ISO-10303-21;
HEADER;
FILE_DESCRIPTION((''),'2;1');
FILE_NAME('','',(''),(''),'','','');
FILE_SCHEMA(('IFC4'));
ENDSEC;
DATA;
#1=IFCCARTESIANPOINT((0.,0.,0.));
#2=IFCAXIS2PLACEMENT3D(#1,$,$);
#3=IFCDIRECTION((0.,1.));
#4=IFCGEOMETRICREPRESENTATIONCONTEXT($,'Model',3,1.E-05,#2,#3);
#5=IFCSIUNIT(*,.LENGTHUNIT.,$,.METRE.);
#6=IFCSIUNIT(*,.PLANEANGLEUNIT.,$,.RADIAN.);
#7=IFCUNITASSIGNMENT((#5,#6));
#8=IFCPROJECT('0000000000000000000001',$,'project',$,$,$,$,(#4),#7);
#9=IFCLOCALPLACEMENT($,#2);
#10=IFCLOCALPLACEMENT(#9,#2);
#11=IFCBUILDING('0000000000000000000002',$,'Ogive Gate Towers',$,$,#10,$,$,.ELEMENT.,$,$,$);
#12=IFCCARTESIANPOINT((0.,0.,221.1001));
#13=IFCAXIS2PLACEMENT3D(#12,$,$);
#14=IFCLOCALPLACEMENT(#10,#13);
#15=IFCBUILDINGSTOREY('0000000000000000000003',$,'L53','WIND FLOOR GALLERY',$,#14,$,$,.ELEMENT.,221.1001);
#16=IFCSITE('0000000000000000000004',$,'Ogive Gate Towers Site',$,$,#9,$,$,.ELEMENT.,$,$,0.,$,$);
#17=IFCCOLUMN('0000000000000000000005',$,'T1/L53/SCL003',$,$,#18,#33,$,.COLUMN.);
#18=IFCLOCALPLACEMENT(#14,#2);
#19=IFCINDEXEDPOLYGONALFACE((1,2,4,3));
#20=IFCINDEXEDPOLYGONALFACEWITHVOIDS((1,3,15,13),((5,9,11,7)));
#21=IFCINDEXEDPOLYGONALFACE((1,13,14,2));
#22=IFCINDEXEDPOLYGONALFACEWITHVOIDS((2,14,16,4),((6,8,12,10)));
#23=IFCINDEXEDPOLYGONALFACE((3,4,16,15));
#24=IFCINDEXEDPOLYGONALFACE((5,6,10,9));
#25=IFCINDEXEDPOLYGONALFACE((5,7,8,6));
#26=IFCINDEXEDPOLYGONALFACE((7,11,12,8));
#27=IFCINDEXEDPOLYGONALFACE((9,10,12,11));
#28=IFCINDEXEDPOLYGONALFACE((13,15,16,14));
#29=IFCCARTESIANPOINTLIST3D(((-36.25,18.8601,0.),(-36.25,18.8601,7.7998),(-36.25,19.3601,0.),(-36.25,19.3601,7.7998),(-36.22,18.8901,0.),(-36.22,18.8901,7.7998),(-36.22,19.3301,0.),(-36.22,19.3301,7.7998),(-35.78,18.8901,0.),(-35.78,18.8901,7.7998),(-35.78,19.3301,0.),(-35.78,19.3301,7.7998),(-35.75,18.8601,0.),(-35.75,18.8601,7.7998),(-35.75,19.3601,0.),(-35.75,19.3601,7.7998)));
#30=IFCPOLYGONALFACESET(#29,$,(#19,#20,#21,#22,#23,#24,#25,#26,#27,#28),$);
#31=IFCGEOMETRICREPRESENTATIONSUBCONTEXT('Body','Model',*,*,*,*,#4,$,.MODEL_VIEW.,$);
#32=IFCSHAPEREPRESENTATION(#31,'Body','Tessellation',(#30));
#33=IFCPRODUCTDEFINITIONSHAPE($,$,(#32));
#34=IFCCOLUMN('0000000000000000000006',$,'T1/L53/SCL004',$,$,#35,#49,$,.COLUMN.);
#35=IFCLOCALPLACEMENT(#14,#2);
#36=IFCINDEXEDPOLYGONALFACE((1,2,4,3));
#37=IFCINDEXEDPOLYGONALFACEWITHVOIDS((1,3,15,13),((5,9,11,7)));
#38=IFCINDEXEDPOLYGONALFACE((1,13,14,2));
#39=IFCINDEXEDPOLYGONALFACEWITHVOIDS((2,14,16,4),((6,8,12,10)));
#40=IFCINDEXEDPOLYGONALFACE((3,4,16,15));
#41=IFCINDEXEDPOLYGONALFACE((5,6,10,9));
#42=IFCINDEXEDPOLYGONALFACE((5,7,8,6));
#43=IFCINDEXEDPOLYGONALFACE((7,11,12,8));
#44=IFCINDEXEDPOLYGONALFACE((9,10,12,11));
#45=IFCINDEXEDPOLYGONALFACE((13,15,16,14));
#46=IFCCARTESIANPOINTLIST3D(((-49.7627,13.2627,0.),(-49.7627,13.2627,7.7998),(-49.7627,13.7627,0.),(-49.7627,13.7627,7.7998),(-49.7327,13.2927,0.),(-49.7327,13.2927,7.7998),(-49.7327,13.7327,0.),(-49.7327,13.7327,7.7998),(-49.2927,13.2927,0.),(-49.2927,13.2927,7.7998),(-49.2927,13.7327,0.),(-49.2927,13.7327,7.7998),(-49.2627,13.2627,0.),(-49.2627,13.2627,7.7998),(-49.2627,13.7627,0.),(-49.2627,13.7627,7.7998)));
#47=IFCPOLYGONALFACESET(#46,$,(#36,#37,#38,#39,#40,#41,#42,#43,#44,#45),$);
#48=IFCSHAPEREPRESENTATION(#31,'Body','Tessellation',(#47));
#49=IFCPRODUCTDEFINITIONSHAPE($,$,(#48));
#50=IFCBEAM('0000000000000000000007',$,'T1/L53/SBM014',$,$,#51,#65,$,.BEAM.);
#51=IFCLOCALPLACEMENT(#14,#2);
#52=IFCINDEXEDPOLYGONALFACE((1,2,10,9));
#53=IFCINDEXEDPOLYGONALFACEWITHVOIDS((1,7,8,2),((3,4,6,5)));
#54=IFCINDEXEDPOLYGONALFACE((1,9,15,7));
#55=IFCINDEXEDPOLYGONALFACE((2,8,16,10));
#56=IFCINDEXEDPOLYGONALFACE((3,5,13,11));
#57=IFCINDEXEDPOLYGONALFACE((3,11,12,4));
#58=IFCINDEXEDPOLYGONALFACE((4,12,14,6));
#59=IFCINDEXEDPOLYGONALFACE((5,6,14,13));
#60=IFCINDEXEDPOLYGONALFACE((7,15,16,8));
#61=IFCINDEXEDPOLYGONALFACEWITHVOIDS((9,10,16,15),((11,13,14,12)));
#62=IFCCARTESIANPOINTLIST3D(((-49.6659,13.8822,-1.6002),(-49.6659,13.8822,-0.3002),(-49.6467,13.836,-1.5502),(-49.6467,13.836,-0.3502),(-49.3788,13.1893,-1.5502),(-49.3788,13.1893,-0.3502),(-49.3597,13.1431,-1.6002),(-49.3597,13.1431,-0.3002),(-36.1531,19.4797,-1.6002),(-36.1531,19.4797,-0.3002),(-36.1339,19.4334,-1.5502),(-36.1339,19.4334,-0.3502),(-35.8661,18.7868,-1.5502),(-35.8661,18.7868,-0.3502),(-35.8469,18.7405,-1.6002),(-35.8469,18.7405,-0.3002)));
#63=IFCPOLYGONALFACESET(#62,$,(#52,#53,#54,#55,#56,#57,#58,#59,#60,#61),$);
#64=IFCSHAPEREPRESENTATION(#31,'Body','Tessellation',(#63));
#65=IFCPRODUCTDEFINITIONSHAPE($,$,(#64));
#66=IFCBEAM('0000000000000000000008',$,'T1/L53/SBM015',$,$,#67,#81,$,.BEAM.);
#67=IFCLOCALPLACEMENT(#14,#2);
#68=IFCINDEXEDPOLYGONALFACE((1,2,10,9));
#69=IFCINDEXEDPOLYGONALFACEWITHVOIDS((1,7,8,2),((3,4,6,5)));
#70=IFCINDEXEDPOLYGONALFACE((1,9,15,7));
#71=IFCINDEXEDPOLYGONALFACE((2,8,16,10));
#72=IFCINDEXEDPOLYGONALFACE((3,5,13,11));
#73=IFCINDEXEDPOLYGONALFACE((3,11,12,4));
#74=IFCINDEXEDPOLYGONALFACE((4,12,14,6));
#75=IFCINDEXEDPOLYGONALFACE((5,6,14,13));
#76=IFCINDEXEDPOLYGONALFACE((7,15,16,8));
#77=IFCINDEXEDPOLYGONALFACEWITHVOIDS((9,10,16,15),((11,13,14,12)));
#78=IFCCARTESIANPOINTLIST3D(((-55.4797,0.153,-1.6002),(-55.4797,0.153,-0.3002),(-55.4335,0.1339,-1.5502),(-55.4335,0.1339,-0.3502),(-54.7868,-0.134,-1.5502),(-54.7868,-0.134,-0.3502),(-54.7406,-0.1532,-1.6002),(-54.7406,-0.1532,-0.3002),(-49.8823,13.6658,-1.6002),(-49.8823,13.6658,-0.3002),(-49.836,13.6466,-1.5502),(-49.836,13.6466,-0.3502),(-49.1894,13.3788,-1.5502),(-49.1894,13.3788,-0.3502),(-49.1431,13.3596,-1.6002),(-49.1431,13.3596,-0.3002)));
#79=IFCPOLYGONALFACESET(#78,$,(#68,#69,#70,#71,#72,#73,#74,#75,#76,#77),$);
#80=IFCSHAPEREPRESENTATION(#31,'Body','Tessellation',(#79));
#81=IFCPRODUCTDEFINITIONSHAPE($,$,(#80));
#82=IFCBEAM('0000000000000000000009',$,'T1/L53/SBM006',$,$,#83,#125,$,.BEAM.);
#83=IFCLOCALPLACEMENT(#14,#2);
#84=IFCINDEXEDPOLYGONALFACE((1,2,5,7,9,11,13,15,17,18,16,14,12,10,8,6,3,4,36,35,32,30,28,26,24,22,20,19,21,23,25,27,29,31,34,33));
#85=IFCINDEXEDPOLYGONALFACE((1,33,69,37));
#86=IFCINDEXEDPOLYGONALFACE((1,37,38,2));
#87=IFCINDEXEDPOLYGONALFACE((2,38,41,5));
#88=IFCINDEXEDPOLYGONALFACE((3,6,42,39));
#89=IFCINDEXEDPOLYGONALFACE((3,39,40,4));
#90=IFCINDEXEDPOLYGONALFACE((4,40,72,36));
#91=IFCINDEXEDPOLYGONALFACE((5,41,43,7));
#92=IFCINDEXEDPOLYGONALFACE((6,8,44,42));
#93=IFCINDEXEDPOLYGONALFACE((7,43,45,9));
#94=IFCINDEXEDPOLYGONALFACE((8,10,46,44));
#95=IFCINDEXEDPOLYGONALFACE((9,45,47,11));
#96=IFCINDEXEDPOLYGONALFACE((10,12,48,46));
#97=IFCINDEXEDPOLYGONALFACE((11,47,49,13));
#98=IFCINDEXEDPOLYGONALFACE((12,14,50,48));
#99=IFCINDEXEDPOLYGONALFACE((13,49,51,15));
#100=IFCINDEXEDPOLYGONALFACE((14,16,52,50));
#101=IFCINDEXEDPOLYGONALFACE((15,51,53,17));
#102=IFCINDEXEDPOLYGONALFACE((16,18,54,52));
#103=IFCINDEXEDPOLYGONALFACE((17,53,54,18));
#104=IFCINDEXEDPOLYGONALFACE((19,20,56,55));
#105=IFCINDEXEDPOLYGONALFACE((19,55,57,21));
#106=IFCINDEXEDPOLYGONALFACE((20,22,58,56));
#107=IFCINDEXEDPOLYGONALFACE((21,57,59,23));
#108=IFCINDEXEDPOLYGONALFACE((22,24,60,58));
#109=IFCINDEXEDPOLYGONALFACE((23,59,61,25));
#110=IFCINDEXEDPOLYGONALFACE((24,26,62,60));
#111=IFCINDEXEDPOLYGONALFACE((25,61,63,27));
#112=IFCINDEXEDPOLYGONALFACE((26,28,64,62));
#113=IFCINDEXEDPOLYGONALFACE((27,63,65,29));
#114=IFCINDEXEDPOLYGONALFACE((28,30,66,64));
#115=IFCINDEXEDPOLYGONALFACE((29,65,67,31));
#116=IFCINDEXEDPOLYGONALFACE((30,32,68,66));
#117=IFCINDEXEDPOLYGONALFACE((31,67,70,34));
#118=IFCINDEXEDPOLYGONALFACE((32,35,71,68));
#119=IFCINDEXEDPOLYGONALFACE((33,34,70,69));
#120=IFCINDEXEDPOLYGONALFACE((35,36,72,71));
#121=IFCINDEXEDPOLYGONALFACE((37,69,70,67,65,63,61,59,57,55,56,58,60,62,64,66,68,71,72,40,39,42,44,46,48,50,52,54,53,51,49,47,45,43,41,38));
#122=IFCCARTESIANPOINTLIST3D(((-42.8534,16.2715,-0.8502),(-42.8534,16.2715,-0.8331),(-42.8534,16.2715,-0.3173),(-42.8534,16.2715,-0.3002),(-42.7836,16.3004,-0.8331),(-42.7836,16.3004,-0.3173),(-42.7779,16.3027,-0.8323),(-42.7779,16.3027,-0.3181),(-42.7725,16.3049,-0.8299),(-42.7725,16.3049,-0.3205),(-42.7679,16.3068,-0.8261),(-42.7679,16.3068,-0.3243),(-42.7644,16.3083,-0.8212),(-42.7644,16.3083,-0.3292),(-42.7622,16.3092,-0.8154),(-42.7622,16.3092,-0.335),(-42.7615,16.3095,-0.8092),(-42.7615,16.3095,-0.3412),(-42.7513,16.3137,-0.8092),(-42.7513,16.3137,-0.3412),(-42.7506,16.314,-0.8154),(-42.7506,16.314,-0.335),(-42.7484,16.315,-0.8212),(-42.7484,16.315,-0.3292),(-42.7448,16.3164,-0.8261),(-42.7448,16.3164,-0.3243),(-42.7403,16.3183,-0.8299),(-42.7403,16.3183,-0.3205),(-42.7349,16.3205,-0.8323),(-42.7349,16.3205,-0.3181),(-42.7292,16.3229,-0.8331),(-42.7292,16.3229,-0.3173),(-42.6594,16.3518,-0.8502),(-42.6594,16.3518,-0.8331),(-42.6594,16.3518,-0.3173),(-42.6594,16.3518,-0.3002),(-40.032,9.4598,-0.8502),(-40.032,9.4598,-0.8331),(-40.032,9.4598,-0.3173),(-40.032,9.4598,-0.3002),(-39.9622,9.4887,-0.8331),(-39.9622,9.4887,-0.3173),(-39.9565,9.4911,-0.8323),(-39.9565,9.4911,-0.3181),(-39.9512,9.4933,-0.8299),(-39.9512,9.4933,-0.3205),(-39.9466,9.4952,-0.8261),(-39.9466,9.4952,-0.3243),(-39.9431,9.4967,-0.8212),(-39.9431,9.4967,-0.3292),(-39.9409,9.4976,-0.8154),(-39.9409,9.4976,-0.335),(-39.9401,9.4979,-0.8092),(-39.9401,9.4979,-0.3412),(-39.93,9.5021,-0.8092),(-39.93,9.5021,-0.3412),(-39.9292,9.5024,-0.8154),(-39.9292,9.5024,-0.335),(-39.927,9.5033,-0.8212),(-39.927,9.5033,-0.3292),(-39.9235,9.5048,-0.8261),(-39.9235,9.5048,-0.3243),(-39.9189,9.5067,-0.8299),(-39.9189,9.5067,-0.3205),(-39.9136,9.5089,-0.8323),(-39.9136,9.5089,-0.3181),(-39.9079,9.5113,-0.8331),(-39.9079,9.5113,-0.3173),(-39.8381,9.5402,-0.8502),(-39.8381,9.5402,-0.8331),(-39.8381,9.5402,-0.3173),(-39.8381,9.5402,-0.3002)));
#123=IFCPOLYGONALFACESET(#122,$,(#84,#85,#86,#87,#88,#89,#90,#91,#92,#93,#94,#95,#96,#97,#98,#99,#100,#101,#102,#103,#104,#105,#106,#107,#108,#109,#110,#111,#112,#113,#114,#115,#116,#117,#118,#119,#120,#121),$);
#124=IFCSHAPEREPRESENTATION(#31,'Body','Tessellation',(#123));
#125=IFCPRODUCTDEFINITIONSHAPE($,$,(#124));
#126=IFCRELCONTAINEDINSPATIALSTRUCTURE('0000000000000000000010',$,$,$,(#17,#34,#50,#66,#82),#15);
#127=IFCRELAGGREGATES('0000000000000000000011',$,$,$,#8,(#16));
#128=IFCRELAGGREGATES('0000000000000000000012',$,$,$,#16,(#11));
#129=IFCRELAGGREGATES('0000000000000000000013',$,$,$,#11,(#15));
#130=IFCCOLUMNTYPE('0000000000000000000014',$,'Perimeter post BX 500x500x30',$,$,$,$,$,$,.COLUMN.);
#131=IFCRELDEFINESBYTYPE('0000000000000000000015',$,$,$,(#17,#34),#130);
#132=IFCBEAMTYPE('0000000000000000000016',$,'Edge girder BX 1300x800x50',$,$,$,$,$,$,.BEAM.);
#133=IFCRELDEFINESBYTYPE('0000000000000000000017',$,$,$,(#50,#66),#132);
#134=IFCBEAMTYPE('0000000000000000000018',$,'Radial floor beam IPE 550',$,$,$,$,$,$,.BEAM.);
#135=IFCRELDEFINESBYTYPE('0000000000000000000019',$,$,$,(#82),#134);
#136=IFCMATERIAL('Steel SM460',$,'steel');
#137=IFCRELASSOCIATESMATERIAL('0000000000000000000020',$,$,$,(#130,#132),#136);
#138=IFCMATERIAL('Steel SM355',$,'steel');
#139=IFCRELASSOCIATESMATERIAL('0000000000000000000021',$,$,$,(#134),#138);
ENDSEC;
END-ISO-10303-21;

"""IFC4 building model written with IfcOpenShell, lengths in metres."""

from ifc_helpers import new_model, si_unit, direction, frame, origin, origin_2d, place, context, subcontext, project, spatial, hollow_rectangle, i_section, extrude, material, material_profile, profile_set, type_object, element, save


model = new_model("IFC4")

# Units and contexts
model_context = context("Model", 3, precision=1e-05, world=origin(), true_north=direction((0.0, 1.0)))
body_context = subcontext(model_context, "Body", "Model", "MODEL_VIEW")
ifc_project = project(units=[si_unit("LENGTHUNIT", "METRE"), si_unit("PLANEANGLEUNIT", "RADIAN")], contexts=[model_context])

# Site, building, storey
site_placement = place(None, origin())
site = spatial("IfcSite", under=ifc_project, at=site_placement, Name="Ogive Gate Towers Site", CompositionType="ELEMENT", RefElevation=0.0)
building_placement = place(site_placement, origin())
building = spatial("IfcBuilding", under=site, at=building_placement, Name="Ogive Gate Towers", CompositionType="ELEMENT")
storey_placement = place(building_placement, frame((0.0, 0.0, 221.1001)))
storey = spatial("IfcBuildingStorey", under=building, at=storey_placement, Name="L53", Description="WIND FLOOR GALLERY", CompositionType="ELEMENT", Elevation=221.1001)

# Columns
ifc_material_1 = material(Name="Steel SM460", Category="steel")
ifc_material_profile_1 = material_profile(ifc_material_1, hollow_rectangle(XDim=0.5, YDim=0.5, WallThickness=0.03, at=origin_2d()), Name="BX 500x500x30")
ifc_profile_set_1 = profile_set([ifc_material_profile_1], Name="Steel SM460")
column_type = type_object("IfcColumnType", Name="Perimeter post BX 500x500x30", PredefinedType="COLUMN", material=ifc_profile_set_1)
for number, where, z_axis, x_axis, name in (
    (1, (-36.0, 19.1101, 0.0), (0.0, 0.0, 1.0), (1.0, 0.0, 0.0), "T1/L53/SCL003"),
    (2, (-49.5127, 13.5127, 0.0), (0.0, 0.0, 1.0), (1.0, 0.0, 0.0), "T1/L53/SCL004"),
):
    element("IfcColumn", number, at=place(storey_placement, frame(where, z_axis=z_axis, x_axis=x_axis)), inside=storey, type_object=column_type, Name=name, PredefinedType="COLUMN", context=body_context, shape_type="SweptSolid", body=[
        extrude(hollow_rectangle(XDim=0.5, YDim=0.5, WallThickness=0.03, at=origin_2d()), origin(), (0.0, 0.0, 1.0), 7.7998),
    ])

# Beams
ifc_material_profile_2 = material_profile(ifc_material_1, hollow_rectangle(XDim=0.8, YDim=1.3, WallThickness=0.05, at=origin_2d()), Name="BX 1300x800x50")
ifc_profile_set_2 = profile_set([ifc_material_profile_2], Name="Steel SM460")
beam_type_1 = type_object("IfcBeamType", Name="Edge girder BX 1300x800x50", PredefinedType="BEAM", material=ifc_profile_set_2)
for number, where, z_axis, x_axis, name in (
    (3, (-36.0, 19.1101, -0.9502), (-0.923873, -0.382699, 0.0), (0.382699, -0.923873, 0.0), "T1/L53/SBM014"),
    (4, (-49.5127, 13.5127, -0.9502), (-0.382699, -0.923873, 0.0), (0.923873, -0.382699, 0.0), "T1/L53/SBM015"),
):
    element("IfcBeam", number, at=place(storey_placement, frame(where, z_axis=z_axis, x_axis=x_axis)), inside=storey, type_object=beam_type_1, Name=name, PredefinedType="BEAM", context=body_context, shape_type="SweptSolid", body=[
        extrude(hollow_rectangle(XDim=0.8, YDim=1.3, WallThickness=0.05, at=origin_2d()), origin(), (0.0, 0.0, 1.0), 14.6262),
    ])
ifc_material_2 = material(Name="Steel SM355", Category="steel")
ifc_material_profile_3 = material_profile(ifc_material_2, i_section(OverallWidth=0.21, OverallDepth=0.55, WebThickness=0.011, FlangeThickness=0.0171, FilletRadius=0.0239, at=origin_2d()), Name="IPE 550")
ifc_profile_set_3 = profile_set([ifc_material_profile_3], Name="Steel SM355")
beam_type_2 = type_object("IfcBeamType", Name="Radial floor beam IPE 550", PredefinedType="BEAM", material=ifc_profile_set_3)
beam_placement = place(storey_placement, frame((-39.9351, 9.5, -0.5752), z_axis=(-0.382668, 0.923886, 0.0), x_axis=(-0.923886, -0.382668, 0.0)))
element("IfcBeam", 5, at=beam_placement, inside=storey, type_object=beam_type_2, Name="T1/L53/SBM006", PredefinedType="BEAM", context=body_context, shape_type="SweptSolid", body=[
    extrude(i_section(OverallWidth=0.21, OverallDepth=0.55, WebThickness=0.011, FlangeThickness=0.0171, FilletRadius=0.0239, at=origin_2d()), origin(), (0.0, 0.0, 1.0), 7.3728),
])

save(model, "model.ifc")
